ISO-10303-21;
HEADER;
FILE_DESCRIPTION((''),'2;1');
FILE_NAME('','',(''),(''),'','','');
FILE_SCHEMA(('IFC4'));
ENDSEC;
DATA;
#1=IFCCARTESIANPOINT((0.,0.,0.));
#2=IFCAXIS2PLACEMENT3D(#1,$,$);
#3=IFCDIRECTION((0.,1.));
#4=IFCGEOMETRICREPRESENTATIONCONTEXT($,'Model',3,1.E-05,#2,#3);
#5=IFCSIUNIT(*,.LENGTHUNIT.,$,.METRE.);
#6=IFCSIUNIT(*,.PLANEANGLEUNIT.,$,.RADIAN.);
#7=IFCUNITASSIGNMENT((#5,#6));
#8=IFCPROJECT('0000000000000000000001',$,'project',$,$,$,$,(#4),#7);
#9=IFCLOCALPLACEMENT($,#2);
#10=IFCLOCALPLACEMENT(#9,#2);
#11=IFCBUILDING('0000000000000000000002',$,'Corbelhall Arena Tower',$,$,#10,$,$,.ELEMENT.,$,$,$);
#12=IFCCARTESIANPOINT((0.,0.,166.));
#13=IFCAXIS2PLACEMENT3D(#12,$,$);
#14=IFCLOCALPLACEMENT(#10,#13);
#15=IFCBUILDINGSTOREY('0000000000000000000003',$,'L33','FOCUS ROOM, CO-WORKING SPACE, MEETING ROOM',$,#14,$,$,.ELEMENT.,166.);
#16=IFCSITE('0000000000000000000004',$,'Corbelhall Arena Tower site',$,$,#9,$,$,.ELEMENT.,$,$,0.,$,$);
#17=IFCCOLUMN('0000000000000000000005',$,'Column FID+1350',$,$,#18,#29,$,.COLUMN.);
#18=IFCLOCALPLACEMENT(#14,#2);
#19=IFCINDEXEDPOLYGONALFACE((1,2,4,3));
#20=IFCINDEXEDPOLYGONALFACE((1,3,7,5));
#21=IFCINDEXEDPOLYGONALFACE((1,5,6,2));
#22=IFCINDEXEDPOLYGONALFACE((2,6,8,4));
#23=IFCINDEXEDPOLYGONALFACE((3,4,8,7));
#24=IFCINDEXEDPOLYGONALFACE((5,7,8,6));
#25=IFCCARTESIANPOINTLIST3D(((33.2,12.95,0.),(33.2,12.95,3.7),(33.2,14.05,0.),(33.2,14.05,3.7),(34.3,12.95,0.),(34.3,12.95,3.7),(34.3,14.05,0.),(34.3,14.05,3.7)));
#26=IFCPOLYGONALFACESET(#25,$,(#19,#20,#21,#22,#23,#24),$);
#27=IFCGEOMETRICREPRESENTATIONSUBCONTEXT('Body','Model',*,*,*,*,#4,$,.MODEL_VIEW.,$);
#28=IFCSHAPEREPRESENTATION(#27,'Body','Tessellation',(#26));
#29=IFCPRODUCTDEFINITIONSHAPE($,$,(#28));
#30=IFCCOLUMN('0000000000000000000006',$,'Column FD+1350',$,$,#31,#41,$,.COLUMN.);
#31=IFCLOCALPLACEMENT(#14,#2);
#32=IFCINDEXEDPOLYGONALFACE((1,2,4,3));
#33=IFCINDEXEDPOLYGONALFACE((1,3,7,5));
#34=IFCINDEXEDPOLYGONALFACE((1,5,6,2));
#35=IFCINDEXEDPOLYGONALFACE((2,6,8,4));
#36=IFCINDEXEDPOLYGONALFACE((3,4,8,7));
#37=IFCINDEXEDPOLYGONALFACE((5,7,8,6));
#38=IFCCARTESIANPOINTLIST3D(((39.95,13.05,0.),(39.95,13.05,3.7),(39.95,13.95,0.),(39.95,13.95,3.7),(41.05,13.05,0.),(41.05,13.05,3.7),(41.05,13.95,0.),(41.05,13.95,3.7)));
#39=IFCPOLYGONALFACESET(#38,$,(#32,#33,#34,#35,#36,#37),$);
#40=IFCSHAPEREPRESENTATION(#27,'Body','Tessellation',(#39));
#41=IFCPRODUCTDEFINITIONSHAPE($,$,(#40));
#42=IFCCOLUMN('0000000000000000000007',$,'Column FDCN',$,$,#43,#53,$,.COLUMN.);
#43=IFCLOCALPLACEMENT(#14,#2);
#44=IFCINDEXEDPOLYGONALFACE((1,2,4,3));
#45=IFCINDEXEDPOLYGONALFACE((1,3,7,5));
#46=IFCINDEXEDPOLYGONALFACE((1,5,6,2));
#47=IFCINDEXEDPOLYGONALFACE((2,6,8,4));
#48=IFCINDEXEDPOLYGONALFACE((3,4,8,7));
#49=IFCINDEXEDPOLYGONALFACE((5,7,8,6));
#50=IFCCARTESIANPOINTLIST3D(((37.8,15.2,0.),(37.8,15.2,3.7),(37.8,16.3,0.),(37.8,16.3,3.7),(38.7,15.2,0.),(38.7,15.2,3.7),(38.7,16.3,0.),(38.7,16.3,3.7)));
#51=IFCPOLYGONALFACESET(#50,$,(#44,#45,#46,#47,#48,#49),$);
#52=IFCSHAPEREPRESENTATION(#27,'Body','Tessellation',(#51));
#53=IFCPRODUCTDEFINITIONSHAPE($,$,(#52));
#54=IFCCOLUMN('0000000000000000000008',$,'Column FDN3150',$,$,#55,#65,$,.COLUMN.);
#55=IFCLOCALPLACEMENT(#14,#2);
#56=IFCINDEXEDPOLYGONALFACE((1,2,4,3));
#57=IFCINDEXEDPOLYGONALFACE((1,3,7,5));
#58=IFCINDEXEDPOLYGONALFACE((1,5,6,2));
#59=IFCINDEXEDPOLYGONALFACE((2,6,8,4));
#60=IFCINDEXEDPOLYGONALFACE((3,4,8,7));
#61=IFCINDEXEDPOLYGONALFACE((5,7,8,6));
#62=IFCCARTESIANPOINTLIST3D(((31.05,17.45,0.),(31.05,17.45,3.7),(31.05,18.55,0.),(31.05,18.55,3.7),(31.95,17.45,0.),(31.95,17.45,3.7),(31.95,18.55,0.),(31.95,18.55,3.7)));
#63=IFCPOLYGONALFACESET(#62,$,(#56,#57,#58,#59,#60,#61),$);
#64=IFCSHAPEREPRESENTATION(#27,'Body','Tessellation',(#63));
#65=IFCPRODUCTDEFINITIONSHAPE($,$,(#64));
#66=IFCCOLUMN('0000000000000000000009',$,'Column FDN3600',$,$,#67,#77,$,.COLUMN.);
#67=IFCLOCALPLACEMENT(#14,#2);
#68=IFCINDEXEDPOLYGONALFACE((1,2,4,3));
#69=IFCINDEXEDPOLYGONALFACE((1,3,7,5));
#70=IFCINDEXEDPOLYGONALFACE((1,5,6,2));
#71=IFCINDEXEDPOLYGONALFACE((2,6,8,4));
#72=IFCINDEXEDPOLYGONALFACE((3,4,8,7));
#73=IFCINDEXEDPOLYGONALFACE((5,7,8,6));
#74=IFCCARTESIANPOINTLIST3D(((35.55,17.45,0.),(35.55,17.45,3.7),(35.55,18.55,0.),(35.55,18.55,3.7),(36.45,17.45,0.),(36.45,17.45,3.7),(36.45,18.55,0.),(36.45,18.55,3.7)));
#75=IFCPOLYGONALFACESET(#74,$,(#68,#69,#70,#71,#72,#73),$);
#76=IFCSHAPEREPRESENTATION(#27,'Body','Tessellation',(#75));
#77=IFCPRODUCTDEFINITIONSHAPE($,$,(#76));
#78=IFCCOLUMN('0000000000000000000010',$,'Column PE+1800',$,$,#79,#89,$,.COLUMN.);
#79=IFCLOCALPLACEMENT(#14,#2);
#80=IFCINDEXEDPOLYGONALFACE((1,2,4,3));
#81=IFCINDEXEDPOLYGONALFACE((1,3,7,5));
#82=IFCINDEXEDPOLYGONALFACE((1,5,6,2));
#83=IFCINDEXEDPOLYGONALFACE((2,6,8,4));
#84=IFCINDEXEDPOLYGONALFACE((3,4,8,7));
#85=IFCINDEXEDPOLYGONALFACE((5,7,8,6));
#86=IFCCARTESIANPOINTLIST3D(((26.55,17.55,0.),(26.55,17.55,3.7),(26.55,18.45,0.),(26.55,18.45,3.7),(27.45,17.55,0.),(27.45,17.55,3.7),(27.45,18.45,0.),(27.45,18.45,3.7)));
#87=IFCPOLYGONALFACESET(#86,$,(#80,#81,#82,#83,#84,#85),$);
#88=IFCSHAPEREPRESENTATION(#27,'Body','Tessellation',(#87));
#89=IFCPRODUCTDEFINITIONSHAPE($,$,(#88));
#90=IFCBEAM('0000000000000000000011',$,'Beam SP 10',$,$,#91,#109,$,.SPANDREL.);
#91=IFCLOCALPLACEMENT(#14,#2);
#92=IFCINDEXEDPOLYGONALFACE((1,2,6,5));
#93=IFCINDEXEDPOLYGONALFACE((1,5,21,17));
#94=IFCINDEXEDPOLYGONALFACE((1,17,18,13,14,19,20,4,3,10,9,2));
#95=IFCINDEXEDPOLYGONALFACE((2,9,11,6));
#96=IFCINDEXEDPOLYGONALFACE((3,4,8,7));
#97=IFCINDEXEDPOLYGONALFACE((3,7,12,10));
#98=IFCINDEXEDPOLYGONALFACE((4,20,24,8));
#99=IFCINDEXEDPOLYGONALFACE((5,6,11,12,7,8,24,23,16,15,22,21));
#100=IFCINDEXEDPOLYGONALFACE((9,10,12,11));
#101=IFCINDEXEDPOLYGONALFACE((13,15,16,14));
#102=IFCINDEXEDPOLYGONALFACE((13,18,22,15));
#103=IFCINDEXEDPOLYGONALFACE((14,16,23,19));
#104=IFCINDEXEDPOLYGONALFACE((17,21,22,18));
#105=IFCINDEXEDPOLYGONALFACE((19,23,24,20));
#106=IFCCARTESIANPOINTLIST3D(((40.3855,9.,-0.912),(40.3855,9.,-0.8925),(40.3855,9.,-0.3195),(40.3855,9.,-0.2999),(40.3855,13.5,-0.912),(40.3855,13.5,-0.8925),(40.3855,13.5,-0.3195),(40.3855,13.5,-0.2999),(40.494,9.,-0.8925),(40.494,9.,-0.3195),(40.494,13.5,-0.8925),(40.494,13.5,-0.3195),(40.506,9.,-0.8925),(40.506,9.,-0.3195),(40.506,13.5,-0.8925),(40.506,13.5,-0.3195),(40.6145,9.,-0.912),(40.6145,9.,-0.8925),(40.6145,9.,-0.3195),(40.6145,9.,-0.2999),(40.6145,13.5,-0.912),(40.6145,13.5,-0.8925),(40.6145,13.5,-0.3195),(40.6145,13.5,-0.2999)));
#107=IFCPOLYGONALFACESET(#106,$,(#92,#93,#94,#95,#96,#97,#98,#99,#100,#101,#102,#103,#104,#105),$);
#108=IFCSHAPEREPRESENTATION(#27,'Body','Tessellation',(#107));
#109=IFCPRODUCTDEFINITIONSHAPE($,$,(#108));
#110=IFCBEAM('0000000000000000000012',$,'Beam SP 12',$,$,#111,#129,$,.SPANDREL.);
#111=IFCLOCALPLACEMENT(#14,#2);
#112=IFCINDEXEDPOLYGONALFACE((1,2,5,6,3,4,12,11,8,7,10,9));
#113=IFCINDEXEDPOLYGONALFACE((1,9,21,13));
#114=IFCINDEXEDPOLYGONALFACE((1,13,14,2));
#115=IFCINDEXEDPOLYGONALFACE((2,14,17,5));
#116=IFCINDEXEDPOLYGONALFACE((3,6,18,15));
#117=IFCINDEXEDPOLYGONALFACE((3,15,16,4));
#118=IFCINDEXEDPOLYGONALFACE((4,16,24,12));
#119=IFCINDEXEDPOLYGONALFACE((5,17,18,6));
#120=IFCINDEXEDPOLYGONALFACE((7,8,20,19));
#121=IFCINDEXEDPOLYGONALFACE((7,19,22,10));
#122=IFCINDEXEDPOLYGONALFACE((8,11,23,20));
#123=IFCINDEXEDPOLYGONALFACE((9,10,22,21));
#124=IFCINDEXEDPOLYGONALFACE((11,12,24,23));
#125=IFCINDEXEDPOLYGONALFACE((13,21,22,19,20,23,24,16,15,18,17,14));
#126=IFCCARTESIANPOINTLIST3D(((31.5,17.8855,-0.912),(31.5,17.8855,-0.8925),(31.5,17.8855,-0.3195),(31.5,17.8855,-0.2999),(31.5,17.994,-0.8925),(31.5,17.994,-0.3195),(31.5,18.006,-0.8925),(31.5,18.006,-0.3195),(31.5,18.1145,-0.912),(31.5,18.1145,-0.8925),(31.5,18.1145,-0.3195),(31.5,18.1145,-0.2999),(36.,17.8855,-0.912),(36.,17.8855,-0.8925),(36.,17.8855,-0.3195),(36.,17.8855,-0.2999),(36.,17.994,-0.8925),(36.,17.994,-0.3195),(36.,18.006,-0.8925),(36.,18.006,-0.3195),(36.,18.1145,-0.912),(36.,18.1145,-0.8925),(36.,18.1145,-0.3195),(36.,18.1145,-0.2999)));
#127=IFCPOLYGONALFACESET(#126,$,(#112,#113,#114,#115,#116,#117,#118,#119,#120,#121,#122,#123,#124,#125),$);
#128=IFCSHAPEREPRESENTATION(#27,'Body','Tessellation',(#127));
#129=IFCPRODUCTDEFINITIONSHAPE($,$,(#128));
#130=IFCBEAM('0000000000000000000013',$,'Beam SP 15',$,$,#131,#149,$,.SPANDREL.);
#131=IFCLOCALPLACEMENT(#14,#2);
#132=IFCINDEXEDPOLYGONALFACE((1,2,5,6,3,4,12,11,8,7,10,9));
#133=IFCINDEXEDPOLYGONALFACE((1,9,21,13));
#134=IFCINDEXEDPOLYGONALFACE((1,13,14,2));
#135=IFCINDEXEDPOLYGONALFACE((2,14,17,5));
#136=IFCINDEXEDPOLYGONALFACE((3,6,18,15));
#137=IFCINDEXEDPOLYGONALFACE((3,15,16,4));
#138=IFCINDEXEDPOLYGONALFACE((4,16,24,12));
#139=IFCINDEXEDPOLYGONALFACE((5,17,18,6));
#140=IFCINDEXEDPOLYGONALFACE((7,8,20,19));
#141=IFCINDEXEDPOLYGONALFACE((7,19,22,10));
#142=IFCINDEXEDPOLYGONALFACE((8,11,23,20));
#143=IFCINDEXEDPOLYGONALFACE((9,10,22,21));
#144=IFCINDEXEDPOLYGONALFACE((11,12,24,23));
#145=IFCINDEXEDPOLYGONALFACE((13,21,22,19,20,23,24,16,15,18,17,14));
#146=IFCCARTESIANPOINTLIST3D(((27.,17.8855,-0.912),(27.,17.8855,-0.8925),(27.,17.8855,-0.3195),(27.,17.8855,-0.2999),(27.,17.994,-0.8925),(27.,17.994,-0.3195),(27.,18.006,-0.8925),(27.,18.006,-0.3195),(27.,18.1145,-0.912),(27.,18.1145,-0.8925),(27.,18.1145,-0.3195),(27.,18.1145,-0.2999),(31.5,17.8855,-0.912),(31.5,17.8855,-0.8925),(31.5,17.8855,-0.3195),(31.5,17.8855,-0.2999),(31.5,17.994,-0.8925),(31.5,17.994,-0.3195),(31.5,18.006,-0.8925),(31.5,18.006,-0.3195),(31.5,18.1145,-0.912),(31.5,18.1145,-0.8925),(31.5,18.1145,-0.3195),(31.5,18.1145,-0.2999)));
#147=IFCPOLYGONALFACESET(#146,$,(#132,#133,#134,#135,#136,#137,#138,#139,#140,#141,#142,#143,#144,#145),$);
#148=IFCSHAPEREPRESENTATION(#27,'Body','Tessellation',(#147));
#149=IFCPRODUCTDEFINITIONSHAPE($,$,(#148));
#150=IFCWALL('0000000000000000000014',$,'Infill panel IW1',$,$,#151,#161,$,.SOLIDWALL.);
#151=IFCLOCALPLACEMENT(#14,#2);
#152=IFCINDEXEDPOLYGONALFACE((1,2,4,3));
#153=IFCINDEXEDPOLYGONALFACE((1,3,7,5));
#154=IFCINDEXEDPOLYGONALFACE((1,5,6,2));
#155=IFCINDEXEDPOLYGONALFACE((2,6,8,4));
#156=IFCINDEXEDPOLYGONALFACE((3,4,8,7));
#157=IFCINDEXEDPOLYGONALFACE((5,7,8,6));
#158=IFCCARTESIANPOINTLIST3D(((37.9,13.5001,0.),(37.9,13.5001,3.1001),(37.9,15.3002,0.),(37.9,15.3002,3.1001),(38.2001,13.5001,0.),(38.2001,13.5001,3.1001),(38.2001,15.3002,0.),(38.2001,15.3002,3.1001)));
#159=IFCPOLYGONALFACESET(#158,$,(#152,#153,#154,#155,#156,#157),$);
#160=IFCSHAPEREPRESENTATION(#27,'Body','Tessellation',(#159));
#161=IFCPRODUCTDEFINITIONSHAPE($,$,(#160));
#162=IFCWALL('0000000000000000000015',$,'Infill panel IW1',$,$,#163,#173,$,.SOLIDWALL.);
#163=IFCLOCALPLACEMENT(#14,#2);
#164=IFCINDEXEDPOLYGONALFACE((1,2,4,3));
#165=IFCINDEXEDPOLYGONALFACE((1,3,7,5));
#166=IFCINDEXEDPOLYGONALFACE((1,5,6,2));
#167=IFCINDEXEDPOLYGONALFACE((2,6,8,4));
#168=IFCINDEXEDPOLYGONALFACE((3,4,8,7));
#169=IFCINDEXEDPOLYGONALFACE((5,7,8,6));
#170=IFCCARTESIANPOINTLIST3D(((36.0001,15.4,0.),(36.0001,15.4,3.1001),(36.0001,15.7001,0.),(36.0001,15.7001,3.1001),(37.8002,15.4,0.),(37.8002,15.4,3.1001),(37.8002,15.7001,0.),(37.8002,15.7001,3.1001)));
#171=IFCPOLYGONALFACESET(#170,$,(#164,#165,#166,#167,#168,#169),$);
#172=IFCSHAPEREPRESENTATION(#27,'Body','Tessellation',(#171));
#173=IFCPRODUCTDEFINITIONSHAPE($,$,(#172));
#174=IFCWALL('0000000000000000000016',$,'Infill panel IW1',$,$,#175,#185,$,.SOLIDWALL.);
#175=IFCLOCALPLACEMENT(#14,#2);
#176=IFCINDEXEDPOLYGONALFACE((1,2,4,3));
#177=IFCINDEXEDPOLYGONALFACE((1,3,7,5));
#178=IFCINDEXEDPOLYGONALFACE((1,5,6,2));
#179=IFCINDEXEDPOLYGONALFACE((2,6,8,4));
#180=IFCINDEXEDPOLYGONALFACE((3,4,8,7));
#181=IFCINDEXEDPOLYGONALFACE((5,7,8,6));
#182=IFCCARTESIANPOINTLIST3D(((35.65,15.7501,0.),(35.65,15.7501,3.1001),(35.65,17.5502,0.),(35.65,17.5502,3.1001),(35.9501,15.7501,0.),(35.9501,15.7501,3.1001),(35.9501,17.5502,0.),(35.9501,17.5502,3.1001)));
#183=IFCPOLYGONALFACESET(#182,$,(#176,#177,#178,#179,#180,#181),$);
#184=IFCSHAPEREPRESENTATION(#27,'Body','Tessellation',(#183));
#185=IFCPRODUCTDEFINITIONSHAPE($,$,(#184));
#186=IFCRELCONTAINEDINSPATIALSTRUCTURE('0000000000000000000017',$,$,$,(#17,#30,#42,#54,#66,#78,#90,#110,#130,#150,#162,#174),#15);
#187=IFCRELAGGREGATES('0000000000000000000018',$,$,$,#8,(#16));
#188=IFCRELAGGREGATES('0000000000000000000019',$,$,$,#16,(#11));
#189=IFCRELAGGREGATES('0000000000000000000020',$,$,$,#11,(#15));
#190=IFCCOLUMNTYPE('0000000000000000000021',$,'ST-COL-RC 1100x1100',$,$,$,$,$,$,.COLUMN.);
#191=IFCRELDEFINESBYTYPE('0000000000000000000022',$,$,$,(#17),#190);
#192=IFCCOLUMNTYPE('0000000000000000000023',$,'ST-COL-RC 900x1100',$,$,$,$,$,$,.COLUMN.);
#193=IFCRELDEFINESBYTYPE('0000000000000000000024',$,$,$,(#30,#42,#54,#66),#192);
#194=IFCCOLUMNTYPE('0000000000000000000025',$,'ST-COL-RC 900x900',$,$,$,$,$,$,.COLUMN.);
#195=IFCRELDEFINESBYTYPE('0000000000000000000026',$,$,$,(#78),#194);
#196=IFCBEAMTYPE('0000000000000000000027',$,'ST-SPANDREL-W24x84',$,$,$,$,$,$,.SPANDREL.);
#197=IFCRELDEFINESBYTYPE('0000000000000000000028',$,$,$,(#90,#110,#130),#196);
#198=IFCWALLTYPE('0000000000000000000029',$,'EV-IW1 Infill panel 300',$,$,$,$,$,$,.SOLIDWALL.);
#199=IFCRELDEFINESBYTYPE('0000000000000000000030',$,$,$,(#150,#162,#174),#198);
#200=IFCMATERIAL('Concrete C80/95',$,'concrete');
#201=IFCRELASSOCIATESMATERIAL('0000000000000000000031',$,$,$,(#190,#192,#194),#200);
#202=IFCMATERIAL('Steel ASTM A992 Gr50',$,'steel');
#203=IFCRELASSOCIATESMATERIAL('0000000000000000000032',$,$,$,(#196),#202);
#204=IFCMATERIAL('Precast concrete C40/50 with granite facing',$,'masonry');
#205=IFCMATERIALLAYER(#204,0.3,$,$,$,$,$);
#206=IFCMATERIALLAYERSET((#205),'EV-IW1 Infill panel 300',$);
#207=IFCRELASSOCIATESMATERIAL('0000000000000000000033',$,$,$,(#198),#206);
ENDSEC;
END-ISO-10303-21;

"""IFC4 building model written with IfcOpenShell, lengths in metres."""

from ifc_helpers import new_model, si_unit, direction, frame, frame_2d, origin, origin_2d, place, context, subcontext, project, spatial, rectangle, i_section, extrude, material, layer, layer_set, material_profile, profile_set, type_object, element, save


model = new_model("IFC4")

# Units and contexts
model_context = context("Model", 3, precision=1e-05, world=origin(), true_north=direction((0.0, 1.0)))
body_context = subcontext(model_context, "Body", "Model", "MODEL_VIEW")
ifc_project = project(units=[si_unit("LENGTHUNIT", "METRE"), si_unit("PLANEANGLEUNIT", "RADIAN")], contexts=[model_context])

# Site, building, storey
site_placement = place(None, origin())
site = spatial("IfcSite", under=ifc_project, at=site_placement, Name="Corbelhall Arena Tower site", CompositionType="ELEMENT", RefElevation=0.0)
building_placement = place(site_placement, origin())
building = spatial("IfcBuilding", under=site, at=building_placement, Name="Corbelhall Arena Tower", CompositionType="ELEMENT")
storey_placement = place(building_placement, frame((0.0, 0.0, 166.0)))
storey = spatial("IfcBuildingStorey", under=building, at=storey_placement, Name="L33", Description="FOCUS ROOM, CO-WORKING SPACE, MEETING ROOM", CompositionType="ELEMENT", Elevation=166.0)

# Columns
ifc_material_1 = material(Name="Concrete C80/95", Category="concrete")
ifc_material_profile_1 = material_profile(ifc_material_1, rectangle(XDim=1.1001, YDim=1.1001, at=origin_2d()))
ifc_profile_set_1 = profile_set([ifc_material_profile_1], Name="Concrete C80/95")
column_type_1 = type_object("IfcColumnType", Name="ST-COL-RC 1100x1100", PredefinedType="COLUMN", material=ifc_profile_set_1)
column_1_placement = place(storey_placement, frame((33.75, 13.5, 0.0), z_axis=(0.0, 0.0, 1.0), x_axis=(1.0, 0.0, 0.0)))
element("IfcColumn", 1, at=column_1_placement, inside=storey, type_object=column_type_1, Name="Column FID+1350", PredefinedType="COLUMN", context=body_context, shape_type="SweptSolid", body=[
    extrude(rectangle(XDim=1.1001, YDim=1.1001, at=origin_2d()), origin(), (0.0, 0.0, 1.0), 3.7),
])
ifc_material_profile_2 = material_profile(ifc_material_1, rectangle(XDim=0.8999, YDim=1.1001, at=origin_2d()))
ifc_profile_set_2 = profile_set([ifc_material_profile_2], Name="Concrete C80/95")
column_type_2 = type_object("IfcColumnType", Name="ST-COL-RC 900x1100", PredefinedType="COLUMN", material=ifc_profile_set_2)
for number, where, z_axis, x_axis, name in (
    (2, (40.5, 13.5, 0.0), (0.0, 0.0, 1.0), (0.0, 1.0, 0.0), "Column FD+1350"),
    (3, (38.25, 15.75, 0.0), (0.0, 0.0, 1.0), (1.0, 0.0, 0.0), "Column FDCN"),
    (4, (31.5, 18.0, 0.0), (0.0, 0.0, 1.0), (1.0, 0.0, 0.0), "Column FDN3150"),
    (5, (36.0, 18.0, 0.0), (0.0, 0.0, 1.0), (1.0, 0.0, 0.0), "Column FDN3600"),
):
    element("IfcColumn", number, at=place(storey_placement, frame(where, z_axis=z_axis, x_axis=x_axis)), inside=storey, type_object=column_type_2, Name=name, PredefinedType="COLUMN", context=body_context, shape_type="SweptSolid", body=[
        extrude(rectangle(XDim=0.8999, YDim=1.1001, at=origin_2d()), origin(), (0.0, 0.0, 1.0), 3.7),
    ])
ifc_material_profile_3 = material_profile(ifc_material_1, rectangle(XDim=0.8999, YDim=0.8999, at=origin_2d()))
ifc_profile_set_3 = profile_set([ifc_material_profile_3], Name="Concrete C80/95")
column_type_3 = type_object("IfcColumnType", Name="ST-COL-RC 900x900", PredefinedType="COLUMN", material=ifc_profile_set_3)
column_2_placement = place(storey_placement, frame((27.0, 18.0, 0.0), z_axis=(0.0, 0.0, 1.0), x_axis=(1.0, 0.0, 0.0)))
element("IfcColumn", 6, at=column_2_placement, inside=storey, type_object=column_type_3, Name="Column PE+1800", PredefinedType="COLUMN", context=body_context, shape_type="SweptSolid", body=[
    extrude(rectangle(XDim=0.8999, YDim=0.8999, at=origin_2d()), origin(), (0.0, 0.0, 1.0), 3.7),
])

# Beams
ifc_material_2 = material(Name="Steel ASTM A992 Gr50", Category="steel")
ifc_material_profile_4 = material_profile(ifc_material_2, i_section(OverallWidth=0.229, OverallDepth=0.6121, WebThickness=0.012, FlangeThickness=0.0195, at=origin_2d()))
ifc_profile_set_4 = profile_set([ifc_material_profile_4], Name="Steel ASTM A992 Gr50")
beam_type = type_object("IfcBeamType", Name="ST-SPANDREL-W24x84", PredefinedType="SPANDREL", material=ifc_profile_set_4)
for number, where, z_axis, x_axis, name in (
    (7, (40.5, 13.5, -0.606), (0.0, -1.0, 0.0), (1.0, 0.0, 0.0), "Beam SP 10"),
    (8, (31.5, 18.0, -0.606), (1.0, 0.0, 0.0), (0.0, 1.0, 0.0), "Beam SP 12"),
    (9, (27.0, 18.0, -0.606), (1.0, 0.0, 0.0), (0.0, 1.0, 0.0), "Beam SP 15"),
):
    element("IfcBeam", number, at=place(storey_placement, frame(where, z_axis=z_axis, x_axis=x_axis)), inside=storey, type_object=beam_type, Name=name, PredefinedType="SPANDREL", context=body_context, shape_type="SweptSolid", body=[
        extrude(i_section(OverallWidth=0.229, OverallDepth=0.6121, WebThickness=0.012, FlangeThickness=0.0195, at=origin_2d()), origin(), (0.0, 0.0, 1.0), 4.5),
    ])

# Walls
ifc_material_3 = material(Name="Precast concrete C40/50 with granite facing", Category="masonry")
ifc_layer = layer(ifc_material_3, 0.3)
ifc_layer_set = layer_set([ifc_layer], Name="EV-IW1 Infill panel 300")
wall_type = type_object("IfcWallType", Name="EV-IW1 Infill panel 300", PredefinedType="SOLIDWALL", material=ifc_layer_set)
for number, where, z_axis, x_axis, name in (
    (10, (38.05, 15.3, 0.0), (0.0, 0.0, 1.0), (0.0, -1.0, 0.0), "Infill panel IW1"),
    (11, (37.8, 15.55, 0.0), (0.0, 0.0, 1.0), (-1.0, 0.0, 0.0), "Infill panel IW1"),
    (12, (35.8, 17.55, 0.0), (0.0, 0.0, 1.0), (0.0, -1.0, 0.0), "Infill panel IW1"),
):
    element("IfcWall", number, at=place(storey_placement, frame(where, z_axis=z_axis, x_axis=x_axis)), inside=storey, type_object=wall_type, Name=name, PredefinedType="SOLIDWALL", context=body_context, shape_type="SweptSolid", body=[
        extrude(rectangle(XDim=1.8, YDim=0.3, at=frame_2d((0.8999, 0.0))), origin(), (0.0, 0.0, 1.0), 3.1001),
    ])

save(model, "model.ifc")
